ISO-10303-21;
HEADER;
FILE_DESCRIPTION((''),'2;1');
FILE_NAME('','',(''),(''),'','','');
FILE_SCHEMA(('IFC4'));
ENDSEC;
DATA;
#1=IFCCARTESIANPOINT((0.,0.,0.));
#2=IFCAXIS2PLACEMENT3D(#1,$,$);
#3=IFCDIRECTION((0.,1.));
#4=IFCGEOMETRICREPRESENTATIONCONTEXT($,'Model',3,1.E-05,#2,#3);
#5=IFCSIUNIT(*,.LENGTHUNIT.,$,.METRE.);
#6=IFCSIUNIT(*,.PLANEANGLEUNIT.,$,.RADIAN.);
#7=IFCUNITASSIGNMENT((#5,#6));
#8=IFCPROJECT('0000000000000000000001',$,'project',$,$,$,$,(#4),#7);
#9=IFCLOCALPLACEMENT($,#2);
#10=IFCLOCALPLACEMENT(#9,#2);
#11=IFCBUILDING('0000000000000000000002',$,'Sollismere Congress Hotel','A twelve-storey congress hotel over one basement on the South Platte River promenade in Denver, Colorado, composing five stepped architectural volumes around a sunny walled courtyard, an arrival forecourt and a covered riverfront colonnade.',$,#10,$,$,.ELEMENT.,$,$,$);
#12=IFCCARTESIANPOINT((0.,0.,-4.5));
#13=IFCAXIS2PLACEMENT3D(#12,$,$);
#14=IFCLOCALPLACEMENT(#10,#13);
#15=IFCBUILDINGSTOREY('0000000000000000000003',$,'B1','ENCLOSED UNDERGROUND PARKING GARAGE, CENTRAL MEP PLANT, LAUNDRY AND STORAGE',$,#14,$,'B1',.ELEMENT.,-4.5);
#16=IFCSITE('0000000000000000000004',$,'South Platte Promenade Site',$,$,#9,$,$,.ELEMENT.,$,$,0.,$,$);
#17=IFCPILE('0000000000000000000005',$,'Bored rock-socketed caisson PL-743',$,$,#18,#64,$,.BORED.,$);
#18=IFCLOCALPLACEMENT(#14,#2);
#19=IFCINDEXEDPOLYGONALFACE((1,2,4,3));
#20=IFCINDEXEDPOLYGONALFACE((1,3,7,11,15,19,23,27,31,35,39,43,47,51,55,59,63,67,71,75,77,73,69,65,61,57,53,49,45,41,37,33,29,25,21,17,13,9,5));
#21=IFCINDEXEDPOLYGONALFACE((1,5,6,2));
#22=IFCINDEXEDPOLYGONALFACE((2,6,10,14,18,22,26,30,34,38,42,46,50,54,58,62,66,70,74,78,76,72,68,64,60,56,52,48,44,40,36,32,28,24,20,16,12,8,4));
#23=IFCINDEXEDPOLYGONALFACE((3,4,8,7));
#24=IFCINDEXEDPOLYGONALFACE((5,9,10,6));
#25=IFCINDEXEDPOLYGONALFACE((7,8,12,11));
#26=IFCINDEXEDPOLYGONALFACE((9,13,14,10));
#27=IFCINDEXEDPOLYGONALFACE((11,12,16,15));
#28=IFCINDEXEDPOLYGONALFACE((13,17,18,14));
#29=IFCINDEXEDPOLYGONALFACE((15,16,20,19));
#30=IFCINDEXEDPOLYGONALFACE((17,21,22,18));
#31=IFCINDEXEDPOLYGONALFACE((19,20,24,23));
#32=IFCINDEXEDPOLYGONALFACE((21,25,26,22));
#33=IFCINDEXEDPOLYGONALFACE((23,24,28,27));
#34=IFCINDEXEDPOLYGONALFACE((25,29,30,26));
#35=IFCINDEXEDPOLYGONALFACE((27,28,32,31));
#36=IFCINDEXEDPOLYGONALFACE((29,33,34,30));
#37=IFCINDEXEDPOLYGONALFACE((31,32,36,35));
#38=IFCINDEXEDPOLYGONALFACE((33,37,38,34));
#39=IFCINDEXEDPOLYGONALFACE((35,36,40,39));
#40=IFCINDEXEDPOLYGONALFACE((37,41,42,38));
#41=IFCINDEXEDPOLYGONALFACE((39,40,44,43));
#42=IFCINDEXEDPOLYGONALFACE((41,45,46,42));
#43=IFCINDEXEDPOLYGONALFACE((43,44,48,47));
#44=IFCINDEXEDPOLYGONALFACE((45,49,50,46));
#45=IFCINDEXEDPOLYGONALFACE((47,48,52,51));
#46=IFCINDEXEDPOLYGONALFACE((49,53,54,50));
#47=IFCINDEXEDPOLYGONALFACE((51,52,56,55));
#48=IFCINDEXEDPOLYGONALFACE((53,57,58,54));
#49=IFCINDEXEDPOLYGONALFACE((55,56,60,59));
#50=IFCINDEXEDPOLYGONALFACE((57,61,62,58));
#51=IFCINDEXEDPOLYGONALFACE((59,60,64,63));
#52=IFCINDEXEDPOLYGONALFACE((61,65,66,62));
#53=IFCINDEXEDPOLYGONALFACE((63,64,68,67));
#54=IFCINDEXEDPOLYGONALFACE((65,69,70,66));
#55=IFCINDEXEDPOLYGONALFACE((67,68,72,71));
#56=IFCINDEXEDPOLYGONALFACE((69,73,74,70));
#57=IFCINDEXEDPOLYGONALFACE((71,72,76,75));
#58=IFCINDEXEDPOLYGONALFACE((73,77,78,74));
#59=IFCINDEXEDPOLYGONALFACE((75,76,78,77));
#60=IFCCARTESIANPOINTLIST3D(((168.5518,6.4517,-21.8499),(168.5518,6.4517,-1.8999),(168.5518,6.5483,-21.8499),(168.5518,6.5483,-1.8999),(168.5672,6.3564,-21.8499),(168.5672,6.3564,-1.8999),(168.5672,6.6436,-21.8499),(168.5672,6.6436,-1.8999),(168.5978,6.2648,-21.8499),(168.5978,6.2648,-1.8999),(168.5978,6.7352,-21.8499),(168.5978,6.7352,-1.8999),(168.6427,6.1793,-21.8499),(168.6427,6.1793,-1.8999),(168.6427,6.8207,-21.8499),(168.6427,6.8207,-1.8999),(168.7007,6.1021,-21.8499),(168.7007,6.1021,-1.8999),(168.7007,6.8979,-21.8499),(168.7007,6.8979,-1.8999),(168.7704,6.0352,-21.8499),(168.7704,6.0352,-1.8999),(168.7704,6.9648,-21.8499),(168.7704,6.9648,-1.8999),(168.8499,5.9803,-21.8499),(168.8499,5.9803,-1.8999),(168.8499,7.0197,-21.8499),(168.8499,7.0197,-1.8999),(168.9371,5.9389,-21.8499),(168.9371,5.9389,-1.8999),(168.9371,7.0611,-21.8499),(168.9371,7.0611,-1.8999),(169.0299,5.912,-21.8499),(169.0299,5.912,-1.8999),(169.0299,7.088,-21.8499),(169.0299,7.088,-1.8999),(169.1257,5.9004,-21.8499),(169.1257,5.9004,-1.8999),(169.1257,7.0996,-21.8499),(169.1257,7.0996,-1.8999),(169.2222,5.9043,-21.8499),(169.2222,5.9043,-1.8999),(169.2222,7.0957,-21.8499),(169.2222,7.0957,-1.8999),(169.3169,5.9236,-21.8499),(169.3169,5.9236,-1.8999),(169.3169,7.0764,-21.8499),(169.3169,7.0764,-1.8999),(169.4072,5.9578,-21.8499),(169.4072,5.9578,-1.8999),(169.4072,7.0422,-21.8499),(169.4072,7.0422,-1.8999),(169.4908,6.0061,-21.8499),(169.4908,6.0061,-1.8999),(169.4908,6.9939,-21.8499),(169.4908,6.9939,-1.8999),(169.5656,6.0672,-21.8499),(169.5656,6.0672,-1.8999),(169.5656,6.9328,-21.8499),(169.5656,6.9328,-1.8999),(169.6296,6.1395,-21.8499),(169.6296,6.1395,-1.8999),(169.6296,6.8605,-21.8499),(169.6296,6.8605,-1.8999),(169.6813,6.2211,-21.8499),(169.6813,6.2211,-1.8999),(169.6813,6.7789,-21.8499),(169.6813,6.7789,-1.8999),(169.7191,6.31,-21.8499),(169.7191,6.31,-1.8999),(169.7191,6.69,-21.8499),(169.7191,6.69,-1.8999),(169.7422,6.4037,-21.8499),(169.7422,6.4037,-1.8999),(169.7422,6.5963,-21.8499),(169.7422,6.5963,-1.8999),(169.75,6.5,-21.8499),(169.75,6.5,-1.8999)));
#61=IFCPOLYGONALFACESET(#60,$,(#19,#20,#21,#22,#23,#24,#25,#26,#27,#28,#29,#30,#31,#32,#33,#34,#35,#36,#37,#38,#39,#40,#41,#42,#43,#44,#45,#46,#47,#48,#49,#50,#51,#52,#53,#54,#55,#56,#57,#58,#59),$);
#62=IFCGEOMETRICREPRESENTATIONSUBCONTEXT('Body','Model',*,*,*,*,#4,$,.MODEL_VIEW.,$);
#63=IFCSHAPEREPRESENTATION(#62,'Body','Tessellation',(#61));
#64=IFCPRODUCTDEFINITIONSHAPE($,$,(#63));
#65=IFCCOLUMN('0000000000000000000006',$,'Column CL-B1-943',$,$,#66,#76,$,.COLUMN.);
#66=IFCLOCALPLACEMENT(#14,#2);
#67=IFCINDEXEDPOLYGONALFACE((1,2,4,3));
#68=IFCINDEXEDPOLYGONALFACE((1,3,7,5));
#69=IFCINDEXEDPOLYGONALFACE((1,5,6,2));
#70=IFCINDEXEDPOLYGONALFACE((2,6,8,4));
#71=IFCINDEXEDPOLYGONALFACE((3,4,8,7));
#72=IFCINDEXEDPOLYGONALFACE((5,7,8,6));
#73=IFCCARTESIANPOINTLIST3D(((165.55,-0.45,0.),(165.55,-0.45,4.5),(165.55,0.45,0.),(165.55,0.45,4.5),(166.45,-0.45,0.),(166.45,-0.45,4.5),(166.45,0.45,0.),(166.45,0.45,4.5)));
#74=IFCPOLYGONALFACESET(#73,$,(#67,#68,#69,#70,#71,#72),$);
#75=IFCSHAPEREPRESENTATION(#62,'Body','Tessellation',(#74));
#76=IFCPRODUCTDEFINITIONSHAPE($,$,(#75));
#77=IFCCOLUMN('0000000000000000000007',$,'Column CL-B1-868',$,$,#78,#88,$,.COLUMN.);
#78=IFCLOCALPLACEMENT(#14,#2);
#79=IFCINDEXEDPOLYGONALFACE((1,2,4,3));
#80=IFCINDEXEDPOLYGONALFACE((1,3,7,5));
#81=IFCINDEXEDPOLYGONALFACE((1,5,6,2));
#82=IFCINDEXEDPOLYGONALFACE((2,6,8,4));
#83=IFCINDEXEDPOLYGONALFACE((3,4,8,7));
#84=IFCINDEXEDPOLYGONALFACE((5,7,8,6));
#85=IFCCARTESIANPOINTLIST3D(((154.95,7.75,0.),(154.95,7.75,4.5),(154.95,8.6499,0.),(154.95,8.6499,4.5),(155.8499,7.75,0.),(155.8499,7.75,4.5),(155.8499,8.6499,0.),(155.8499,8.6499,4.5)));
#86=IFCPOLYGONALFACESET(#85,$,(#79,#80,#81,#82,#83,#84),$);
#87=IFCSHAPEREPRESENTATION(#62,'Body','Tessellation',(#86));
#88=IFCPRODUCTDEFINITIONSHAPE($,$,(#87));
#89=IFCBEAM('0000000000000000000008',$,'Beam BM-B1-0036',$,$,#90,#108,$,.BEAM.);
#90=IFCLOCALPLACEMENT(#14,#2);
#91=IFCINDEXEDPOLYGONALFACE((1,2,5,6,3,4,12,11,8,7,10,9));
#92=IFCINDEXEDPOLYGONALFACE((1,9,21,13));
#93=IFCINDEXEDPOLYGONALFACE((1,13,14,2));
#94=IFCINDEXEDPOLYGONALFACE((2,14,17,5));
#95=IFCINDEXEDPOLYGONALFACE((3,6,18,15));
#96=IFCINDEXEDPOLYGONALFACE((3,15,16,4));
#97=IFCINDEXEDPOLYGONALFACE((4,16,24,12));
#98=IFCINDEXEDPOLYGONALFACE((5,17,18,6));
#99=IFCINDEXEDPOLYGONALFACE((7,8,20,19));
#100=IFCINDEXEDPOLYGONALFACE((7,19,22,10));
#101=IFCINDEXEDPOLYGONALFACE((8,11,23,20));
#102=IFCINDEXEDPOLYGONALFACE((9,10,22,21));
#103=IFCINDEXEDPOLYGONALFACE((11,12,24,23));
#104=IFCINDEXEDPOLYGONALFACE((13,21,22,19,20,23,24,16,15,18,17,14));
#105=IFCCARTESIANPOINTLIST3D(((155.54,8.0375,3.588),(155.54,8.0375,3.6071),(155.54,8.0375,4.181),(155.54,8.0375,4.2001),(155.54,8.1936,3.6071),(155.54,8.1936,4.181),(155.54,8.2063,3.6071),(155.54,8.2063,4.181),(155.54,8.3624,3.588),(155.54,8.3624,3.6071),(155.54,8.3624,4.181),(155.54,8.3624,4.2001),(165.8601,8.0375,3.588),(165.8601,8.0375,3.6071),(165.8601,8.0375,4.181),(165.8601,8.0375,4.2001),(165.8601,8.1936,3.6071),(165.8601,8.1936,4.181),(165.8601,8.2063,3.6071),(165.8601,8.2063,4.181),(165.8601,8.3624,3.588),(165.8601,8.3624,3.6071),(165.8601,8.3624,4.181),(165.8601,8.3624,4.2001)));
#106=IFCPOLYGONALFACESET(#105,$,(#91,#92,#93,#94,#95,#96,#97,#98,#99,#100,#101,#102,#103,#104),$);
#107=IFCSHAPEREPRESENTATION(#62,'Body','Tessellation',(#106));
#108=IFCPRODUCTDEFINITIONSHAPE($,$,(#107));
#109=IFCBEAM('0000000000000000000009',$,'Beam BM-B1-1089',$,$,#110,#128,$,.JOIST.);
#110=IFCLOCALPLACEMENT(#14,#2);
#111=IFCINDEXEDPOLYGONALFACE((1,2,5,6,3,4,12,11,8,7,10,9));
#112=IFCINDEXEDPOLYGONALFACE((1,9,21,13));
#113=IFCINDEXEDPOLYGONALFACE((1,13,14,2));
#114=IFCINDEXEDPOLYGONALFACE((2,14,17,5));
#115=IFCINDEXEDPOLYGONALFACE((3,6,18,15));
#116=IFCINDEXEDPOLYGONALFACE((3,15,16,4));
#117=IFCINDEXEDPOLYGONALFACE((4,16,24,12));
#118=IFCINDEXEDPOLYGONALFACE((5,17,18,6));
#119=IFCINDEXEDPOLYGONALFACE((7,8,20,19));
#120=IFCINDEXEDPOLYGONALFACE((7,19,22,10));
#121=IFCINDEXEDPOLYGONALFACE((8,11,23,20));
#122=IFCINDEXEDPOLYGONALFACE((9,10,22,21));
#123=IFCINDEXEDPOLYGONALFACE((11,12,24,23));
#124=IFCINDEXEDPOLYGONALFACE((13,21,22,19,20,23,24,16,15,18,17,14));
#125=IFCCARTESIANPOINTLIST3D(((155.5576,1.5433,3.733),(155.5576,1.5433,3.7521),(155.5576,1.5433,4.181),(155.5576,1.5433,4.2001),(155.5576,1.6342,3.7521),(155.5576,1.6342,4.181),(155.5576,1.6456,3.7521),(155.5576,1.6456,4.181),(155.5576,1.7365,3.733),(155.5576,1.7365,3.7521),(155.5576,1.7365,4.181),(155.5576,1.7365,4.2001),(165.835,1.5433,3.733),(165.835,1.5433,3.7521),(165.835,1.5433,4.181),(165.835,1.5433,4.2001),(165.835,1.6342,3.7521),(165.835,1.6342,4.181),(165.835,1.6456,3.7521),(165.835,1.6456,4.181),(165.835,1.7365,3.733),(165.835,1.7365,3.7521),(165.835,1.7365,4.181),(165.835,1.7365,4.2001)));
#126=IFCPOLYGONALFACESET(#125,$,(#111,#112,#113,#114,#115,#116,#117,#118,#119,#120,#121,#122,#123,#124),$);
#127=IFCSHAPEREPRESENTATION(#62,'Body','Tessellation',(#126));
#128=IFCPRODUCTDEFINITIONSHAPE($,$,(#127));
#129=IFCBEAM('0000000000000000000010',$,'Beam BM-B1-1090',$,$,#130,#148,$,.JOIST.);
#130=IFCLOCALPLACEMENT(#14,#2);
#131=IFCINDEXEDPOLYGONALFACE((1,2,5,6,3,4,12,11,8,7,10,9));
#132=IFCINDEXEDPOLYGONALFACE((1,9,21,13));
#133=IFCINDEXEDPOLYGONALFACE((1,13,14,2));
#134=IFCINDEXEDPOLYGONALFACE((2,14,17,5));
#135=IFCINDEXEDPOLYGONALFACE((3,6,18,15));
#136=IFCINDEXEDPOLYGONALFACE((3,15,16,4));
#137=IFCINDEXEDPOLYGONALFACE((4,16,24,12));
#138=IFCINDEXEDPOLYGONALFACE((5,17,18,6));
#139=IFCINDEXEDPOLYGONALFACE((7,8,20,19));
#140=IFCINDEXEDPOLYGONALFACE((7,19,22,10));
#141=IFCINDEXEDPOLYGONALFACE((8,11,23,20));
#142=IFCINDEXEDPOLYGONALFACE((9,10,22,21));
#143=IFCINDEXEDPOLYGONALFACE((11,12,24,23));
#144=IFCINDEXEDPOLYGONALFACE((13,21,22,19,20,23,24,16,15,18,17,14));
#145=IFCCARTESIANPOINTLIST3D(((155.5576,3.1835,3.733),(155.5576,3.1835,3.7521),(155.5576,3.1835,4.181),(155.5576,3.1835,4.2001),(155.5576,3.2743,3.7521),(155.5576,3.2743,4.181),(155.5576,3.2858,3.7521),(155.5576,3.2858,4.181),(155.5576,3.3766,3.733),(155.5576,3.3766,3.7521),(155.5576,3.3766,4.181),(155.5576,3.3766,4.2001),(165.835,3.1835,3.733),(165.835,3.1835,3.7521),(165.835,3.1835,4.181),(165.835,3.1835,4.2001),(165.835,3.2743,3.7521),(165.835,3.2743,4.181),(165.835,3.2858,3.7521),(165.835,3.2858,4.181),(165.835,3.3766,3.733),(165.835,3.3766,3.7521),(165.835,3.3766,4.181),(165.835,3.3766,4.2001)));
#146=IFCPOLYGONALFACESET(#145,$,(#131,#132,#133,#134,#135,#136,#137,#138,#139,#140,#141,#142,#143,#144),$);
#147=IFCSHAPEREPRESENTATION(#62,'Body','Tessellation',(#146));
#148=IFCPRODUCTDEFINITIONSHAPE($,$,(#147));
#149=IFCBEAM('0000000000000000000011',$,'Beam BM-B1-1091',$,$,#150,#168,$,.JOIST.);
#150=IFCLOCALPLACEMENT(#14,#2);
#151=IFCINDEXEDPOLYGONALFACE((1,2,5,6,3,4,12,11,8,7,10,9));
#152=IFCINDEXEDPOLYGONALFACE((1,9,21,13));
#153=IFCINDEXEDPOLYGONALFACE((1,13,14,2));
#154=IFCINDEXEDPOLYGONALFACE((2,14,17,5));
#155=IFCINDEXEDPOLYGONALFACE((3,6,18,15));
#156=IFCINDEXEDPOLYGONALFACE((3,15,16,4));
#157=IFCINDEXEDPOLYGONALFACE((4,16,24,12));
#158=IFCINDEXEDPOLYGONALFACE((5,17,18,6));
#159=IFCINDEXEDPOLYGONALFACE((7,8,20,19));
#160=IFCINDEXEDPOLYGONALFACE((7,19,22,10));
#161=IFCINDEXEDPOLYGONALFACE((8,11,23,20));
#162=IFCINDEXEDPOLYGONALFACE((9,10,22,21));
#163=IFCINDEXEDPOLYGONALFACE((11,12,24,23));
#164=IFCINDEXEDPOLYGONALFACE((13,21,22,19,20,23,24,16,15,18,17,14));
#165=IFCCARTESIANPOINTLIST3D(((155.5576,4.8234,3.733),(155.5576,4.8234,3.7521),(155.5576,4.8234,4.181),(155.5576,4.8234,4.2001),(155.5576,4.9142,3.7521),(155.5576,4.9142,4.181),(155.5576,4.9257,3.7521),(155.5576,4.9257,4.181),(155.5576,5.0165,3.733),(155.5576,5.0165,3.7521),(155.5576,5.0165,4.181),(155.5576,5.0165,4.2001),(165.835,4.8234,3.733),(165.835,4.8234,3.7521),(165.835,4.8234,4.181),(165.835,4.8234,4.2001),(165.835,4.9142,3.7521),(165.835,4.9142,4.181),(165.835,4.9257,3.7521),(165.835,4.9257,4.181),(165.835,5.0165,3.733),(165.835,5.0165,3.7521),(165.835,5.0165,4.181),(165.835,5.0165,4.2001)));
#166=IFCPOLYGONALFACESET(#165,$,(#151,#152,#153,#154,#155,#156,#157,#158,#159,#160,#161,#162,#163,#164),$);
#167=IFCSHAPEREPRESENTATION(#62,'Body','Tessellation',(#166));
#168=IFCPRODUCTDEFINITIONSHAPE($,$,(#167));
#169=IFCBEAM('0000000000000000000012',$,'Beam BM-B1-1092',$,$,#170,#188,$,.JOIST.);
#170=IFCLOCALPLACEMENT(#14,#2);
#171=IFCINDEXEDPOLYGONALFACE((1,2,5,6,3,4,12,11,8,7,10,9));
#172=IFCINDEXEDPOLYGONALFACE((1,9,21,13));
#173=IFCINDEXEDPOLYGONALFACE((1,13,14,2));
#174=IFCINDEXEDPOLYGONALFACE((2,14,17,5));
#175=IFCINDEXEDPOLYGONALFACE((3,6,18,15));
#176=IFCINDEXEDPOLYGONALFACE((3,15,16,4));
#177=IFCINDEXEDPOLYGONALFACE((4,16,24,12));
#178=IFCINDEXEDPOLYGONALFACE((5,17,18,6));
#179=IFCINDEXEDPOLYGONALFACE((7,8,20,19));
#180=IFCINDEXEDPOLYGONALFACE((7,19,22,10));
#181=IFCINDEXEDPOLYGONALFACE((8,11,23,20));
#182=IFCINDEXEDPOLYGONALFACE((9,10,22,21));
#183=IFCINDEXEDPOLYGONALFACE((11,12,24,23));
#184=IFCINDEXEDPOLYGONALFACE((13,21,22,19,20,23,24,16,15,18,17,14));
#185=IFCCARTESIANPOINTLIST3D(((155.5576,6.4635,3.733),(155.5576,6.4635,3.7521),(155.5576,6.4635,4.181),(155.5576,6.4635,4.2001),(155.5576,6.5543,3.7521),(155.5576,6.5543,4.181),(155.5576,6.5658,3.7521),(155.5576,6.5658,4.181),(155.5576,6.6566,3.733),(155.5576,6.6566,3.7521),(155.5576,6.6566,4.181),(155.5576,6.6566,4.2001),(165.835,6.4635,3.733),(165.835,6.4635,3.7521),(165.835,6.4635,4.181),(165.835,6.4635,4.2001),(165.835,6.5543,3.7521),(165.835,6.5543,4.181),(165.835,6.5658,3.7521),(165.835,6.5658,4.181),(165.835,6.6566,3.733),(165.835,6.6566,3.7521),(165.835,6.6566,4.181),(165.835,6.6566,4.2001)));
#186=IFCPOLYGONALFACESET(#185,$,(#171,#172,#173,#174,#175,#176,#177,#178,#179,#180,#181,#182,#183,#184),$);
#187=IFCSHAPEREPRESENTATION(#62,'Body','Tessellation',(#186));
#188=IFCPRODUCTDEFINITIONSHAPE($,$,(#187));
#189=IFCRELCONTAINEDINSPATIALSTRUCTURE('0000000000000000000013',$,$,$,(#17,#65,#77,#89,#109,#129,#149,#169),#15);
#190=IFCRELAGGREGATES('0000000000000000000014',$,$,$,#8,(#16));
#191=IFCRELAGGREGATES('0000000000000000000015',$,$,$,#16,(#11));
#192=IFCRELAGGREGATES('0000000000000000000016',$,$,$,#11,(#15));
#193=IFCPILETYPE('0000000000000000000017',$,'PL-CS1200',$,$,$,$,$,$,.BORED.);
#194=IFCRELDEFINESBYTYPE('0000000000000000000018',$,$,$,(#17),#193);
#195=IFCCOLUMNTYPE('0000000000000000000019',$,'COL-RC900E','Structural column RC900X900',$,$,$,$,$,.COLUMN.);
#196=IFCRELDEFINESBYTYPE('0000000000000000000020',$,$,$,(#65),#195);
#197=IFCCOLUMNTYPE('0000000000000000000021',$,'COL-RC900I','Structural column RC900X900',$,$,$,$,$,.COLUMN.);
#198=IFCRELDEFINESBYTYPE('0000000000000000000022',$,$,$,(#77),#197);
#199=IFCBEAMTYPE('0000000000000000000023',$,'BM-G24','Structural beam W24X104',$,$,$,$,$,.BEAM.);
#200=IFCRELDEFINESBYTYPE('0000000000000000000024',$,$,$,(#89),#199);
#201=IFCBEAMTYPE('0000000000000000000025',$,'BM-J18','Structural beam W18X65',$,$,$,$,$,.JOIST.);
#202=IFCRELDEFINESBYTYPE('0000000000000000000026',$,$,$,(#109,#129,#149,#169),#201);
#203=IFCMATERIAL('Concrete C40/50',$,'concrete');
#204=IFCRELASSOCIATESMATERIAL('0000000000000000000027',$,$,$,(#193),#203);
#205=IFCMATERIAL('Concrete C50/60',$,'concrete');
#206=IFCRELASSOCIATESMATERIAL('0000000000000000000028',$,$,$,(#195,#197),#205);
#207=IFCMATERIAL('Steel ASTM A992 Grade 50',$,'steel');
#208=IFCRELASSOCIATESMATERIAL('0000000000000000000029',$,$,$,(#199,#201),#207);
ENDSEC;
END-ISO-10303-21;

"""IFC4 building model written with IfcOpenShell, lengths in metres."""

from ifc_helpers import new_model, si_unit, direction, frame, origin, origin_2d, place, context, subcontext, project, spatial, rectangle, circle, i_section, extrude, material, material_profile, profile_set, type_object, element, save


model = new_model("IFC4")

# Units and contexts
model_context = context("Model", 3, precision=1e-05, world=origin(), true_north=direction((0.0, 1.0)))
body_context = subcontext(model_context, "Body", "Model", "MODEL_VIEW")
ifc_project = project(units=[si_unit("LENGTHUNIT", "METRE"), si_unit("PLANEANGLEUNIT", "RADIAN")], contexts=[model_context])

# Site, building, storey
site_placement = place(None, origin())
site = spatial("IfcSite", under=ifc_project, at=site_placement, Name="South Platte Promenade Site", CompositionType="ELEMENT", RefElevation=0.0)
building_placement = place(site_placement, origin())
building = spatial("IfcBuilding", under=site, at=building_placement, Name="Sollismere Congress Hotel", Description="A twelve-storey congress hotel over one basement on the South Platte River promenade in Denver, Colorado, composing five stepped architectural volumes around a sunny walled courtyard, an arrival forecourt and a covered riverfront colonnade.", CompositionType="ELEMENT")
storey_placement = place(building_placement, frame((0.0, 0.0, -4.5)))
storey = spatial("IfcBuildingStorey", under=building, at=storey_placement, Name="B1", Description="ENCLOSED UNDERGROUND PARKING GARAGE, CENTRAL MEP PLANT, LAUNDRY AND STORAGE", LongName="B1", CompositionType="ELEMENT", Elevation=-4.5)

# Shared definitions
ifc_material_1 = material(Name="Concrete C40/50", Category="concrete")

# Pile
ifc_material_profile_1 = material_profile(ifc_material_1, circle(Radius=0.6001, at=origin_2d()), Name="CAISSON1200")
ifc_profile_set_1 = profile_set([ifc_material_profile_1], Name="Concrete C40/50")
pile_type = type_object("IfcPileType", Name="PL-CS1200", PredefinedType="BORED", material=ifc_profile_set_1)
for number, where, z_axis, x_axis, name in (
    (1, (169.1499, 6.5, -1.8999), (0.0, 0.0, -1.0), (1.0, 0.0, 0.0), "Bored rock-socketed caisson PL-743"),
):
    element("IfcPile", number, at=place(storey_placement, frame(where, z_axis=z_axis, x_axis=x_axis)), inside=storey, type_object=pile_type, Name=name, PredefinedType="BORED", context=body_context, shape_type="SweptSolid", body=[
        extrude(circle(Radius=0.6001, at=origin_2d()), origin(), (0.0, 0.0, 1.0), 19.95),
    ])

# Columns
ifc_material_2 = material(Name="Concrete C50/60", Category="concrete")
ifc_material_profile_2 = material_profile(ifc_material_2, rectangle(XDim=0.8999, YDim=0.8999, at=origin_2d()), Name="RC900X900")
ifc_profile_set_2 = profile_set([ifc_material_profile_2], Name="Concrete C50/60")
column_type_1 = type_object("IfcColumnType", Name="COL-RC900E", Description="Structural column RC900X900", PredefinedType="COLUMN", material=ifc_profile_set_2)
column_1_placement = place(storey_placement, frame((166.0, 0.0, 0.0), z_axis=(0.0, 0.0, 1.0), x_axis=(1.0, 0.0, 0.0)))
element("IfcColumn", 2, at=column_1_placement, inside=storey, type_object=column_type_1, Name="Column CL-B1-943", PredefinedType="COLUMN", context=body_context, shape_type="SweptSolid", body=[
    extrude(rectangle(XDim=0.8999, YDim=0.8999, at=origin_2d()), origin(), (0.0, 0.0, 1.0), 4.5),
])
ifc_material_profile_3 = material_profile(ifc_material_2, rectangle(XDim=0.8999, YDim=0.8999, at=origin_2d()), Name="RC900X900")
ifc_profile_set_3 = profile_set([ifc_material_profile_3], Name="Concrete C50/60")
column_type_2 = type_object("IfcColumnType", Name="COL-RC900I", Description="Structural column RC900X900", PredefinedType="COLUMN", material=ifc_profile_set_3)
column_2_placement = place(storey_placement, frame((155.3999, 8.2, 0.0), z_axis=(0.0, 0.0, 1.0), x_axis=(1.0, 0.0, 0.0)))
element("IfcColumn", 3, at=column_2_placement, inside=storey, type_object=column_type_2, Name="Column CL-B1-868", PredefinedType="COLUMN", context=body_context, shape_type="SweptSolid", body=[
    extrude(rectangle(XDim=0.8999, YDim=0.8999, at=origin_2d()), origin(), (0.0, 0.0, 1.0), 4.5),
])

# Beams
ifc_material_3 = material(Name="Steel ASTM A992 Grade 50", Category="steel")
ifc_material_profile_4 = material_profile(ifc_material_3, i_section(OverallWidth=0.325, OverallDepth=0.6121, WebThickness=0.0127, FlangeThickness=0.019, at=origin_2d()), Name="W24X104")
ifc_profile_set_4 = profile_set([ifc_material_profile_4], Name="Steel ASTM A992 Grade 50")
beam_type_1 = type_object("IfcBeamType", Name="BM-G24", Description="Structural beam W24X104", PredefinedType="BEAM", material=ifc_profile_set_4)
beam_1_placement = place(storey_placement, frame((155.54, 8.2, 3.894), z_axis=(1.0, 0.0, 0.0), x_axis=(0.0, 1.0, 0.0)))
element("IfcBeam", 4, at=beam_1_placement, inside=storey, type_object=beam_type_1, Name="Beam BM-B1-0036", PredefinedType="BEAM", context=body_context, shape_type="SweptSolid", body=[
    extrude(i_section(OverallWidth=0.325, OverallDepth=0.6121, WebThickness=0.0127, FlangeThickness=0.019, at=origin_2d()), origin(), (0.0, 0.0, 1.0), 10.3201),
])
ifc_material_profile_5 = material_profile(ifc_material_3, i_section(OverallWidth=0.1931, OverallDepth=0.467, WebThickness=0.0115, FlangeThickness=0.019, at=origin_2d()), Name="W18X65")
ifc_profile_set_5 = profile_set([ifc_material_profile_5], Name="Steel ASTM A992 Grade 50")
beam_type_2 = type_object("IfcBeamType", Name="BM-J18", Description="Structural beam W18X65", PredefinedType="JOIST", material=ifc_profile_set_5)
for number, where, z_axis, x_axis, name in (
    (5, (155.5576, 1.6399, 3.9666), (1.0, 0.0, 0.0), (0.0, 1.0, 0.0), "Beam BM-B1-1089"),
    (6, (155.5576, 3.28, 3.9666), (1.0, 0.0, 0.0), (0.0, 1.0, 0.0), "Beam BM-B1-1090"),
    (7, (155.5576, 4.9199, 3.9666), (1.0, 0.0, 0.0), (0.0, 1.0, 0.0), "Beam BM-B1-1091"),
    (8, (155.5576, 6.5601, 3.9666), (1.0, 0.0, 0.0), (0.0, 1.0, 0.0), "Beam BM-B1-1092"),
):
    element("IfcBeam", number, at=place(storey_placement, frame(where, z_axis=z_axis, x_axis=x_axis)), inside=storey, type_object=beam_type_2, Name=name, PredefinedType="JOIST", context=body_context, shape_type="SweptSolid", body=[
        extrude(i_section(OverallWidth=0.1931, OverallDepth=0.467, WebThickness=0.0115, FlangeThickness=0.019, at=origin_2d()), origin(), (0.0, 0.0, 1.0), 10.2773),
    ])

save(model, "model.ifc")
